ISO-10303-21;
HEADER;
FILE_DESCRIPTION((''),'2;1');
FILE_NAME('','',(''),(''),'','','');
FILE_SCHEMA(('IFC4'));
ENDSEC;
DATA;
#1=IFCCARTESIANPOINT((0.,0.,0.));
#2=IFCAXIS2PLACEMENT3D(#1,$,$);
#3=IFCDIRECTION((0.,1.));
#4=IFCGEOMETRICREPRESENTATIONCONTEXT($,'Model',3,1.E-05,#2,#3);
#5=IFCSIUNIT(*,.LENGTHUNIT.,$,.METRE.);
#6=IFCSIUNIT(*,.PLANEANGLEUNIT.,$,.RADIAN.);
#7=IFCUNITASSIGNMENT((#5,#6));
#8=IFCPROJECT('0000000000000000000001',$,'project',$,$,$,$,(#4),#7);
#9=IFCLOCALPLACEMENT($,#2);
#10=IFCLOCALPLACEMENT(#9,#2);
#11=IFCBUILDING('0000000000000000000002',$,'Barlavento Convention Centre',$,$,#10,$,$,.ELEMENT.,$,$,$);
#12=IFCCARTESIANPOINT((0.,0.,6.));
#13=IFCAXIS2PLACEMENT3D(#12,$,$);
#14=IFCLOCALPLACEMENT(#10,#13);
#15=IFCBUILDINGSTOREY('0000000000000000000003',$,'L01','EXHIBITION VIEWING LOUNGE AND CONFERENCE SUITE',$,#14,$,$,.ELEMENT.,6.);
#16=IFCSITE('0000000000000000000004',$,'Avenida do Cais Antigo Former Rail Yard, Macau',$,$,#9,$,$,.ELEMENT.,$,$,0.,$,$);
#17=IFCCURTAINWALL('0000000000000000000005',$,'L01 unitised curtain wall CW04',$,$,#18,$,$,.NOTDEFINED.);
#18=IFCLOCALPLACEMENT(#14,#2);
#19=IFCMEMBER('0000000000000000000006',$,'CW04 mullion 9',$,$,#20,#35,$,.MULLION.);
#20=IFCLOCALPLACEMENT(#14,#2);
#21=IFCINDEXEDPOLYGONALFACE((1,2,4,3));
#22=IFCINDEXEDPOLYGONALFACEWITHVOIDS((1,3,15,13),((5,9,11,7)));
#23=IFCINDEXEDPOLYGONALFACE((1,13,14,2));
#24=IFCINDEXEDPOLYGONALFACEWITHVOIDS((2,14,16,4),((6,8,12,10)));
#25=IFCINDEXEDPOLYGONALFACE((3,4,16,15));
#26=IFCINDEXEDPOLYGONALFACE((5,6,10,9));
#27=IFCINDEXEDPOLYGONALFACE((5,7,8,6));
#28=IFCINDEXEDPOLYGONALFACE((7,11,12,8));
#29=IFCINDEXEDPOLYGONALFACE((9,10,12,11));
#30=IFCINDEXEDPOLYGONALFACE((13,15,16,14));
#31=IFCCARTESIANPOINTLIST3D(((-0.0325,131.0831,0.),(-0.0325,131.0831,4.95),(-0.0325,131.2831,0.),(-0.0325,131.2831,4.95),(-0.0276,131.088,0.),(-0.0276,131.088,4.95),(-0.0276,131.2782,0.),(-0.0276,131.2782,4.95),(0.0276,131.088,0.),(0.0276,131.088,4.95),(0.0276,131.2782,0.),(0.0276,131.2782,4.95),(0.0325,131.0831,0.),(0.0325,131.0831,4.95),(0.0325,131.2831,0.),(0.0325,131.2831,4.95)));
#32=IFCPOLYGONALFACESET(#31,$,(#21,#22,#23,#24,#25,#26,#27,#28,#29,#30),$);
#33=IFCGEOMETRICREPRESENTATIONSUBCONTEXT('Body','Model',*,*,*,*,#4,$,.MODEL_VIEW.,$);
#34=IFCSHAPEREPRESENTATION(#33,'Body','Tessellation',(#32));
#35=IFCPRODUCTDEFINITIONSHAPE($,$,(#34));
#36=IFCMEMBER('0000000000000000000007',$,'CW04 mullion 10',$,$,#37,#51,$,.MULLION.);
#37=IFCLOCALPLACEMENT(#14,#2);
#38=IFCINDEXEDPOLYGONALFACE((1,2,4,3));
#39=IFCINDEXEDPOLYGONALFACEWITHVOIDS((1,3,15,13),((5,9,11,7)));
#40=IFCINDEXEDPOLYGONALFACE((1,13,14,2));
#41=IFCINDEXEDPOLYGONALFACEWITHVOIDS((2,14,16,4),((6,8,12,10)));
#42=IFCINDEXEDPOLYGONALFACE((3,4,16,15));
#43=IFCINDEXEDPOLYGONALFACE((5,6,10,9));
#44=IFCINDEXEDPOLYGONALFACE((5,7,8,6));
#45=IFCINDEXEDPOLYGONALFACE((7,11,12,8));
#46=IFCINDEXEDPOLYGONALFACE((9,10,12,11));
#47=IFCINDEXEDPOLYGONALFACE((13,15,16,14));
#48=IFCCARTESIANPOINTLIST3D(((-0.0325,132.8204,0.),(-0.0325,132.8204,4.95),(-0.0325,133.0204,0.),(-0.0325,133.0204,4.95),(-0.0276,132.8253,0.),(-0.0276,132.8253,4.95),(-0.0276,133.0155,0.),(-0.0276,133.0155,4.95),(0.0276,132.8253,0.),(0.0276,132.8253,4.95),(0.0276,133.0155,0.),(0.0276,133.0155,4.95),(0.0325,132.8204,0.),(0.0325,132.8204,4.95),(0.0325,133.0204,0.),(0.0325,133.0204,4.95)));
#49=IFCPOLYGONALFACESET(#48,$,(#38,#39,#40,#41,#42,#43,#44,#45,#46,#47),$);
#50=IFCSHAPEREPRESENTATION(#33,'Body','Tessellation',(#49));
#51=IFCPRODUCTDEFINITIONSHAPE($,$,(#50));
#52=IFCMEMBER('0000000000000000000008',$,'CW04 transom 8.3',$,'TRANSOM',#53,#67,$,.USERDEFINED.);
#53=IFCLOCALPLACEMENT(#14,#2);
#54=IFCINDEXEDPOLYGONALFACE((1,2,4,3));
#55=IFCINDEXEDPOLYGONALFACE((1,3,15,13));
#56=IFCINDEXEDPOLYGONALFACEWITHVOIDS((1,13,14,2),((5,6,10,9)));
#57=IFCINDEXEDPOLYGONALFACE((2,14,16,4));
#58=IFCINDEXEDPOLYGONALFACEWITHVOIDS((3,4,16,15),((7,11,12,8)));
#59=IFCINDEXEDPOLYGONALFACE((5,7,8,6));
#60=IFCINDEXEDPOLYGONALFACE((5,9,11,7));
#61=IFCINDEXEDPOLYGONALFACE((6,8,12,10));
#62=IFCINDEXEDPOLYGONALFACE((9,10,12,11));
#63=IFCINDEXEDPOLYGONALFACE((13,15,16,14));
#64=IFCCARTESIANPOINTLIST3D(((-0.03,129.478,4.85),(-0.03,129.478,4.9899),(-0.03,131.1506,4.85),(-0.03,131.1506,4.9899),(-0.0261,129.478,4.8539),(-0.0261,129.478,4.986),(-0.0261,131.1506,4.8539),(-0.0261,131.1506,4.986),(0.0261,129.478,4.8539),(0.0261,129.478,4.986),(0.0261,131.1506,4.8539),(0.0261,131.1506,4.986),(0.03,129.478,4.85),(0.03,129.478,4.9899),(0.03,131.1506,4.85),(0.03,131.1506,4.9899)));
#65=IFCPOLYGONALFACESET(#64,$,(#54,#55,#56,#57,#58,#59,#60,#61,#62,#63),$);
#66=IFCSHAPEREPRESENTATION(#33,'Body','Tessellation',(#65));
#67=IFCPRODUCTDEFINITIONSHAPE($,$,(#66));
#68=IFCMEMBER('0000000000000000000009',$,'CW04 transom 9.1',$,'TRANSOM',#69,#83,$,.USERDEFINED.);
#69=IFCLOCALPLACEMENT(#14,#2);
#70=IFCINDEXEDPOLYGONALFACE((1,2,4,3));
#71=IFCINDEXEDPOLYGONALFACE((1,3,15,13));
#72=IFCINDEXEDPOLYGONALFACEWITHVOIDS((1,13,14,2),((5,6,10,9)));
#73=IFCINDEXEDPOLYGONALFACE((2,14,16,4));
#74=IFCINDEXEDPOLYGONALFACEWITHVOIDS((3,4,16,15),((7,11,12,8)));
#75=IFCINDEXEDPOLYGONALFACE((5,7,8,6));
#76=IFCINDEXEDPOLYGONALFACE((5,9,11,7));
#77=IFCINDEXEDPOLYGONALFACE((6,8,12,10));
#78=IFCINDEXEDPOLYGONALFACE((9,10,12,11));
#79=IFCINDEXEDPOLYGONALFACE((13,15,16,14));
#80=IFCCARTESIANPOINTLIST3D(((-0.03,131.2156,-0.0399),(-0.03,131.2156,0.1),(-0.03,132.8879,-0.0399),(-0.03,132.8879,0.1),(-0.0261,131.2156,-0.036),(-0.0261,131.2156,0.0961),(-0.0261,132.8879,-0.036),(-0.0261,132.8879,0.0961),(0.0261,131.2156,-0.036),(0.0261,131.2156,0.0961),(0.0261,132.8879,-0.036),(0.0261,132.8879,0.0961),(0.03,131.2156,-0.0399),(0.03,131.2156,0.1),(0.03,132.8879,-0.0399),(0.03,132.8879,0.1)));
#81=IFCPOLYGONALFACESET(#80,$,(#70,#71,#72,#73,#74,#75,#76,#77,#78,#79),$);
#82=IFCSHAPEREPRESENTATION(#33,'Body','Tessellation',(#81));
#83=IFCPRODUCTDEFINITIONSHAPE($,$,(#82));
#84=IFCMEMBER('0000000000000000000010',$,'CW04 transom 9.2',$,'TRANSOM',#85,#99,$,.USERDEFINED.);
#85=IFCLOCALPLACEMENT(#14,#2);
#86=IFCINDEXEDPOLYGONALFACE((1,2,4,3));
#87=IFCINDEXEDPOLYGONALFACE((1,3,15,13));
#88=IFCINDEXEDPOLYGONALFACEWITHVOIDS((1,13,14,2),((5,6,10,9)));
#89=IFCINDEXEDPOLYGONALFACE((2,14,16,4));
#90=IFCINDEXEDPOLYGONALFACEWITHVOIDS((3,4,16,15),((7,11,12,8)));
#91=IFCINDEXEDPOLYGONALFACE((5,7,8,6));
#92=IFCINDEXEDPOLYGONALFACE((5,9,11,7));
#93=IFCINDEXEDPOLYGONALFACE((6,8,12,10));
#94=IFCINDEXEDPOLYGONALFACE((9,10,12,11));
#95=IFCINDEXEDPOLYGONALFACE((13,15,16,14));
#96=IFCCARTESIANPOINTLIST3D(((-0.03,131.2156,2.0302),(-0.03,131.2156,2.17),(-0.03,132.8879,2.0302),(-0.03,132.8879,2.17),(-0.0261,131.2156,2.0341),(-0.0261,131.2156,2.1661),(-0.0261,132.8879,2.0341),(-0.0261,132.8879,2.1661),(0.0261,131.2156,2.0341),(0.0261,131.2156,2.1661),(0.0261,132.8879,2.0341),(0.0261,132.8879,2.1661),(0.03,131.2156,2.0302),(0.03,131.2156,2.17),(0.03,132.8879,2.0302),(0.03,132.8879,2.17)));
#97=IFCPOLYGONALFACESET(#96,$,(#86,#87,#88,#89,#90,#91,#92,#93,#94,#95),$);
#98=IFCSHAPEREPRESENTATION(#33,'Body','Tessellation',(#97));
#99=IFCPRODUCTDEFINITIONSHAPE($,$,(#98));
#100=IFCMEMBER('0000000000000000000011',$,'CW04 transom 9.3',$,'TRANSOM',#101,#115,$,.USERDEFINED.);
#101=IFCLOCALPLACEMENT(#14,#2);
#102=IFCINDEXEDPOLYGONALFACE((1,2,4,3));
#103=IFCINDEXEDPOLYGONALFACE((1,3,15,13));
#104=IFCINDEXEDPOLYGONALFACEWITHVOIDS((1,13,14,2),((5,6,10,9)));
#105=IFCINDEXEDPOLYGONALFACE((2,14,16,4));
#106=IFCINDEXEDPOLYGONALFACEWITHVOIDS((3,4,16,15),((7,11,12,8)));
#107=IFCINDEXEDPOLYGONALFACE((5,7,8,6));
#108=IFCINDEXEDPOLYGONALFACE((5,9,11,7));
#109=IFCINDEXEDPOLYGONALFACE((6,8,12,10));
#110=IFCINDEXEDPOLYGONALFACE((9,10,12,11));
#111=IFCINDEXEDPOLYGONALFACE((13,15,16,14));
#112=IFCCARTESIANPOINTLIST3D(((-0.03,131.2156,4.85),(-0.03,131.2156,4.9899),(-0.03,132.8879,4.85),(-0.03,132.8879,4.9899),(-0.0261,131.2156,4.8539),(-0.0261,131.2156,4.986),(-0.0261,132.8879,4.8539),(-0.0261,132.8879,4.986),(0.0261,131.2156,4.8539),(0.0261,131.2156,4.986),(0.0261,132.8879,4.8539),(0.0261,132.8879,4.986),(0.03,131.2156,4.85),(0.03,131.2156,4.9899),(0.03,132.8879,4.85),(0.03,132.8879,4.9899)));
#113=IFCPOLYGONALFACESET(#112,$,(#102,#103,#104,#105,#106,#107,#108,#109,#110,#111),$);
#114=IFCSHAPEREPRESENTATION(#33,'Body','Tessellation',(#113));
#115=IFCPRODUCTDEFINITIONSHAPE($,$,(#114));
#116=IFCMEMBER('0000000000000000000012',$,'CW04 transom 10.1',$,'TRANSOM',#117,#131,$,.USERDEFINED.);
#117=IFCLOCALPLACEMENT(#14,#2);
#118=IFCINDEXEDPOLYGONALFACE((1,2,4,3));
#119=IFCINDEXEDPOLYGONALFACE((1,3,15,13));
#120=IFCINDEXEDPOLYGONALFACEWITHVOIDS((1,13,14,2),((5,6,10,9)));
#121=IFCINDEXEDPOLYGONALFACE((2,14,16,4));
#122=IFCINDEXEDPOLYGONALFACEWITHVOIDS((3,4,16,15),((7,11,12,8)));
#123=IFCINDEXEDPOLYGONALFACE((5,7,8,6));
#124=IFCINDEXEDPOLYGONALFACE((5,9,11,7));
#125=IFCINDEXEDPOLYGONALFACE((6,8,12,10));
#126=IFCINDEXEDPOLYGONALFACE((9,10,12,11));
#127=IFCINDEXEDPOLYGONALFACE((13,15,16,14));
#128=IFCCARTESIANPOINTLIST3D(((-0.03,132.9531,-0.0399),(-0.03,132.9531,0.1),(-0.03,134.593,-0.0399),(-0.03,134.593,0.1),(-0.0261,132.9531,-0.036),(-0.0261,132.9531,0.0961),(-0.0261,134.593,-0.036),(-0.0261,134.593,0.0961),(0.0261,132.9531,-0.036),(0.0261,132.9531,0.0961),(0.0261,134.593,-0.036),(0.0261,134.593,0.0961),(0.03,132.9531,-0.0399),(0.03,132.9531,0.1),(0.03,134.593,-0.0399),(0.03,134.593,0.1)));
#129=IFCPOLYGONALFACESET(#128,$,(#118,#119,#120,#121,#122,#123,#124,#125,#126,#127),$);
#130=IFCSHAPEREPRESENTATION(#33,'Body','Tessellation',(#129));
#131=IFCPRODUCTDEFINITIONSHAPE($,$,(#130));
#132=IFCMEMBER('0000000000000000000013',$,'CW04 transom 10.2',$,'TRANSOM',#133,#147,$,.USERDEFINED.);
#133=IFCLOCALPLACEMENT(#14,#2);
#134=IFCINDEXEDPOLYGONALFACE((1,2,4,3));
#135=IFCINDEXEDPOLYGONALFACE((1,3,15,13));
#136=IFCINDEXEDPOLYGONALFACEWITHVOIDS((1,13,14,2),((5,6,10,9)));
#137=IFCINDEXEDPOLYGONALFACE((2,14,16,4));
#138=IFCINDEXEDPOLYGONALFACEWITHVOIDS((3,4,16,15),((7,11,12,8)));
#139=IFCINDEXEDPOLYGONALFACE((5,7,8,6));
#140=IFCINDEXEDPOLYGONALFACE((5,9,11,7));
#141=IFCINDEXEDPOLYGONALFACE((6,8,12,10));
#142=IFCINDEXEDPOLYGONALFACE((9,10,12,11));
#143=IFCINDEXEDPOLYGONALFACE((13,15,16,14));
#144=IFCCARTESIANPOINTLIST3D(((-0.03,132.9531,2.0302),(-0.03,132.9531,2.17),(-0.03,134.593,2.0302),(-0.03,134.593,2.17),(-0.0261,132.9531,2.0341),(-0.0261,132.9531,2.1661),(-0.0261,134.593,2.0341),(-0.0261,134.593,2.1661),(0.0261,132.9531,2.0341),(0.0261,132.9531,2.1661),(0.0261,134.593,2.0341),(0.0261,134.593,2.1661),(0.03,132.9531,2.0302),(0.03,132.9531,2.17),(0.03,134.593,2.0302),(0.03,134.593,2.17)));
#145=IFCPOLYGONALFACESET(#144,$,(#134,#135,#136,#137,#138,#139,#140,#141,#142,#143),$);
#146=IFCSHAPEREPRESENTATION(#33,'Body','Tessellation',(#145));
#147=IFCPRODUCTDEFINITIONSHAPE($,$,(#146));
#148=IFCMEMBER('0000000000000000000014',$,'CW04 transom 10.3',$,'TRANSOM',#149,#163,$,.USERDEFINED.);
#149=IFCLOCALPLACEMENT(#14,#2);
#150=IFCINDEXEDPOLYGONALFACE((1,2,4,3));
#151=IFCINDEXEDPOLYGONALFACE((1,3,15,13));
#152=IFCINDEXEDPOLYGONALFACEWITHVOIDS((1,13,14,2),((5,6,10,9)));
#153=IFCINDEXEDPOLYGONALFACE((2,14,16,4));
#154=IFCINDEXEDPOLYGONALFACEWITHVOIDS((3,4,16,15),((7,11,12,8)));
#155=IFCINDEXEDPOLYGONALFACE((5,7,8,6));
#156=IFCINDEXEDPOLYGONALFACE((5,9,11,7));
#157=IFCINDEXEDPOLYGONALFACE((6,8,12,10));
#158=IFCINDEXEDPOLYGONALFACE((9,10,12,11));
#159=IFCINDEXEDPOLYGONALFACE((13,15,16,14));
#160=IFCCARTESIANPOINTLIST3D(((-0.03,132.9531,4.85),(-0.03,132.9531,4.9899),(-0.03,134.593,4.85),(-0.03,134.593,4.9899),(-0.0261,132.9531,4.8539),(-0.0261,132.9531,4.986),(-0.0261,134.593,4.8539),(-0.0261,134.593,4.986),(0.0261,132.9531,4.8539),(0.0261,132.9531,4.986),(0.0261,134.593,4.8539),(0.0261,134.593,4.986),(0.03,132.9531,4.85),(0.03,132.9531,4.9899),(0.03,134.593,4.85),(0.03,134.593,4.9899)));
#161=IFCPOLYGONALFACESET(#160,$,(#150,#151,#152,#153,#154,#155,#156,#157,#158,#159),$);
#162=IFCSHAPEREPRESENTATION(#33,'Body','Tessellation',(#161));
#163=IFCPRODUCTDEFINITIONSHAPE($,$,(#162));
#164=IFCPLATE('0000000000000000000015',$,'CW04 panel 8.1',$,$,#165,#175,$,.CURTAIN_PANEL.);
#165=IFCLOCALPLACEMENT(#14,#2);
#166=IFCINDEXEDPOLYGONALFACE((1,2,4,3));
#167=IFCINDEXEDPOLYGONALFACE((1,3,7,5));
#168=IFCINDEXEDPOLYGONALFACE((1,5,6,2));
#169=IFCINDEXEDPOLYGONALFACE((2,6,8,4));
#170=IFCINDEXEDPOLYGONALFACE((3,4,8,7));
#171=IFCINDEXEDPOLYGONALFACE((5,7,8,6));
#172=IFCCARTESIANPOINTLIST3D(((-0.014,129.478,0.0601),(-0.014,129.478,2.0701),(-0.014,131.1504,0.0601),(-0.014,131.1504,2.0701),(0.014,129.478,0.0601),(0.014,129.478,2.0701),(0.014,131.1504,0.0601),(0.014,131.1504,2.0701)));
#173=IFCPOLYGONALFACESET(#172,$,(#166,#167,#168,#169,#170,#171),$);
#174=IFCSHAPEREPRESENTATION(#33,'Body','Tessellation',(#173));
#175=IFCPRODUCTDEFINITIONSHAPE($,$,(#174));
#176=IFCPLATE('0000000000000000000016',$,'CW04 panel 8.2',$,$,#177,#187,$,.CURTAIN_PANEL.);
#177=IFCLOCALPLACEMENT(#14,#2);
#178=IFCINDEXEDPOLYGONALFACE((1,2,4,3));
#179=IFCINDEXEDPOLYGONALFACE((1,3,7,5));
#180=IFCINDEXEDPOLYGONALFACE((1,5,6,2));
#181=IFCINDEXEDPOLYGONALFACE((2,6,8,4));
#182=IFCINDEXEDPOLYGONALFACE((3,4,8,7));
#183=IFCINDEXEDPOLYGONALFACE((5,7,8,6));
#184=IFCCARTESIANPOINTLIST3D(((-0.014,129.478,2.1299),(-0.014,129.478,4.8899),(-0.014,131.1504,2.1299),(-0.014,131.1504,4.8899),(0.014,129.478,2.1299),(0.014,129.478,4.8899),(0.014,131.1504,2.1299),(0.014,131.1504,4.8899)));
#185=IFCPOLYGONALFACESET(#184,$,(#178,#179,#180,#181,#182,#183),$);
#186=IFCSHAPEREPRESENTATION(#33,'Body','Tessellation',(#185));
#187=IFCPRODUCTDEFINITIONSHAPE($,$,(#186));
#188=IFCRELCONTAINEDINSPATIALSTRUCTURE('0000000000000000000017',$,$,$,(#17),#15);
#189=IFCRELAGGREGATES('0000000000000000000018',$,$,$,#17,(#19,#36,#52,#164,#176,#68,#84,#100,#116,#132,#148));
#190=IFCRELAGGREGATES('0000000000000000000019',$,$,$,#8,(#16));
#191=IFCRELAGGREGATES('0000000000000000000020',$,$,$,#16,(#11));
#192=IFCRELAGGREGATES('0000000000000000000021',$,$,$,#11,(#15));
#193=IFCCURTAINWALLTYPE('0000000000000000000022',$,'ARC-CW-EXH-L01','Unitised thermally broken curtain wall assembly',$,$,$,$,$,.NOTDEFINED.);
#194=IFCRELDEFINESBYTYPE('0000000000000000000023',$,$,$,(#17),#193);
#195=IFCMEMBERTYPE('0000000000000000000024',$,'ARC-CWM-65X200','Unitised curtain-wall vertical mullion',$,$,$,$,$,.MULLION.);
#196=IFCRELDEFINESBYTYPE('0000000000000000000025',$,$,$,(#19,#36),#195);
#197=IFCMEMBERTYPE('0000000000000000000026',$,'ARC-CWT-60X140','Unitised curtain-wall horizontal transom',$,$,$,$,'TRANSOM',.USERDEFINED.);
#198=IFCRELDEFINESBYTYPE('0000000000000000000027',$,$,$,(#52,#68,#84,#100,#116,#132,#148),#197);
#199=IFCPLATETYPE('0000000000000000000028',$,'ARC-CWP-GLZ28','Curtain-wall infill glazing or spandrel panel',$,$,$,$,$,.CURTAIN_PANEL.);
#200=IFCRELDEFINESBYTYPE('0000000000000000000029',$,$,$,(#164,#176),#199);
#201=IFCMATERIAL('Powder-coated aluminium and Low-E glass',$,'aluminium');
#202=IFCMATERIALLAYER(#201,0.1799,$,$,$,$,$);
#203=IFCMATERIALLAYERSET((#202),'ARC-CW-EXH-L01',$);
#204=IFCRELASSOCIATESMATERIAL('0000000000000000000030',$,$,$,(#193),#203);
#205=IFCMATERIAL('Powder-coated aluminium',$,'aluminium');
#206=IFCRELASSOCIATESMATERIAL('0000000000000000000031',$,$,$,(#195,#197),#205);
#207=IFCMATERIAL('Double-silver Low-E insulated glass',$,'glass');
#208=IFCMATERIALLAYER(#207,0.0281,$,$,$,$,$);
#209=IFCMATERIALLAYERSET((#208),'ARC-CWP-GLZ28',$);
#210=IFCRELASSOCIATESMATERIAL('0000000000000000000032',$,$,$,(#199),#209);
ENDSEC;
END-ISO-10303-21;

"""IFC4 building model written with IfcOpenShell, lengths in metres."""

from ifc_helpers import new_model, si_unit, direction, frame, origin, origin_2d, place, context, subcontext, project, spatial, rectangle, hollow_rectangle, extrude, material, layer, layer_set, material_profile, profile_set, type_object, element, aggregate, save


model = new_model("IFC4")

# Units and contexts
model_context = context("Model", 3, precision=1e-05, world=origin(), true_north=direction((0.0, 1.0)))
body_context = subcontext(model_context, "Body", "Model", "MODEL_VIEW")
ifc_project = project(units=[si_unit("LENGTHUNIT", "METRE"), si_unit("PLANEANGLEUNIT", "RADIAN")], contexts=[model_context])

# Site, building, storey
site_placement = place(None, origin())
site = spatial("IfcSite", under=ifc_project, at=site_placement, Name="Avenida do Cais Antigo Former Rail Yard, Macau", CompositionType="ELEMENT", RefElevation=0.0)
building_placement = place(site_placement, origin())
building = spatial("IfcBuilding", under=site, at=building_placement, Name="Barlavento Convention Centre", CompositionType="ELEMENT")
storey_placement = place(building_placement, frame((0.0, 0.0, 6.0)))
storey = spatial("IfcBuildingStorey", under=building, at=storey_placement, Name="L01", Description="EXHIBITION VIEWING LOUNGE AND CONFERENCE SUITE", CompositionType="ELEMENT", Elevation=6.0)

# Curtain wall, members, plates
ifc_material_1 = material(Name="Powder-coated aluminium and Low-E glass", Category="aluminium")
ifc_layer_1 = layer(ifc_material_1, 0.1799)
ifc_layer_set_1 = layer_set([ifc_layer_1], Name="ARC-CW-EXH-L01")
curtain_wall_type = type_object("IfcCurtainWallType", Name="ARC-CW-EXH-L01", Description="Unitised thermally broken curtain wall assembly", PredefinedType="NOTDEFINED", material=ifc_layer_set_1)
curtain_wall_placement = place(storey_placement, origin())
curtain_wall = element("IfcCurtainWall", 1, at=curtain_wall_placement, inside=storey, type_object=curtain_wall_type, Name="L01 unitised curtain wall CW04", PredefinedType="NOTDEFINED")
ifc_material_2 = material(Name="Powder-coated aluminium", Category="aluminium")
ifc_material_profile_1 = material_profile(ifc_material_2, hollow_rectangle(XDim=0.0649, YDim=0.2, WallThickness=0.0049, at=origin_2d()), Name="AL-MULL 65x200x5")
ifc_profile_set_1 = profile_set([ifc_material_profile_1], Name="Powder-coated aluminium")
member_type_1 = type_object("IfcMemberType", Name="ARC-CWM-65X200", Description="Unitised curtain-wall vertical mullion", PredefinedType="MULLION", material=ifc_profile_set_1)
member_1_placement = place(storey_placement, frame((0.0, 131.1831, 0.0), z_axis=(0.0, 0.0, 1.0), x_axis=(-1.0, 0.0, 0.0)))
member_1 = element("IfcMember", 2, at=member_1_placement, type_object=member_type_1, Name="CW04 mullion 9", PredefinedType="MULLION", context=body_context, shape_type="SweptSolid", body=[
    extrude(hollow_rectangle(XDim=0.0649, YDim=0.2, WallThickness=0.0049, at=origin_2d()), origin(), (0.0, 0.0, 1.0), 4.95),
])
member_2_placement = place(storey_placement, frame((0.0, 132.9204, 0.0), z_axis=(0.0, 0.0, 1.0), x_axis=(-1.0, 0.0, 0.0)))
member_2 = element("IfcMember", 3, at=member_2_placement, type_object=member_type_1, Name="CW04 mullion 10", PredefinedType="MULLION", context=body_context, shape_type="SweptSolid", body=[
    extrude(hollow_rectangle(XDim=0.0649, YDim=0.2, WallThickness=0.0049, at=origin_2d()), origin(), (0.0, 0.0, 1.0), 4.95),
])
ifc_material_profile_2 = material_profile(ifc_material_2, hollow_rectangle(XDim=0.0601, YDim=0.1399, WallThickness=0.0039, at=origin_2d()), Name="AL-TRAN 60x140x4")
ifc_profile_set_2 = profile_set([ifc_material_profile_2], Name="Powder-coated aluminium")
member_type_2 = type_object("IfcMemberType", Name="ARC-CWT-60X140", Description="Unitised curtain-wall horizontal transom", ElementType="TRANSOM", PredefinedType="USERDEFINED", material=ifc_profile_set_2)
member_3_placement = place(storey_placement, frame((0.0, 129.478, 4.9199), z_axis=(0.0, 1.0, 0.0), x_axis=(-1.0, 0.0, 0.0)))
member_3 = element("IfcMember", 4, at=member_3_placement, type_object=member_type_2, Name="CW04 transom 8.3", ObjectType="TRANSOM", PredefinedType="USERDEFINED", context=body_context, shape_type="SweptSolid", body=[
    extrude(hollow_rectangle(XDim=0.0601, YDim=0.1399, WallThickness=0.0039, at=origin_2d()), origin(), (0.0, 0.0, 1.0), 1.6726),
])
member_4_placement = place(storey_placement, frame((0.0, 131.2156, 0.03), z_axis=(0.0, 1.0, 0.0), x_axis=(-1.0, 0.0, 0.0)))
member_4 = element("IfcMember", 5, at=member_4_placement, type_object=member_type_2, Name="CW04 transom 9.1", ObjectType="TRANSOM", PredefinedType="USERDEFINED", context=body_context, shape_type="SweptSolid", body=[
    extrude(hollow_rectangle(XDim=0.0601, YDim=0.1399, WallThickness=0.0039, at=origin_2d()), origin(), (0.0, 0.0, 1.0), 1.6724),
])
member_5_placement = place(storey_placement, frame((0.0, 131.2156, 2.1001), z_axis=(0.0, 1.0, 0.0), x_axis=(-1.0, 0.0, 0.0)))
member_5 = element("IfcMember", 6, at=member_5_placement, type_object=member_type_2, Name="CW04 transom 9.2", ObjectType="TRANSOM", PredefinedType="USERDEFINED", context=body_context, shape_type="SweptSolid", body=[
    extrude(hollow_rectangle(XDim=0.0601, YDim=0.1399, WallThickness=0.0039, at=origin_2d()), origin(), (0.0, 0.0, 1.0), 1.6724),
])
member_6_placement = place(storey_placement, frame((0.0, 131.2156, 4.9199), z_axis=(0.0, 1.0, 0.0), x_axis=(-1.0, 0.0, 0.0)))
member_6 = element("IfcMember", 7, at=member_6_placement, type_object=member_type_2, Name="CW04 transom 9.3", ObjectType="TRANSOM", PredefinedType="USERDEFINED", context=body_context, shape_type="SweptSolid", body=[
    extrude(hollow_rectangle(XDim=0.0601, YDim=0.1399, WallThickness=0.0039, at=origin_2d()), origin(), (0.0, 0.0, 1.0), 1.6724),
])
member_7_placement = place(storey_placement, frame((0.0, 132.9531, 0.03), z_axis=(0.0, 1.0, 0.0), x_axis=(-1.0, 0.0, 0.0)))
member_7 = element("IfcMember", 8, at=member_7_placement, type_object=member_type_2, Name="CW04 transom 10.1", ObjectType="TRANSOM", PredefinedType="USERDEFINED", context=body_context, shape_type="SweptSolid", body=[
    extrude(hollow_rectangle(XDim=0.0601, YDim=0.1399, WallThickness=0.0039, at=origin_2d()), origin(), (0.0, 0.0, 1.0), 1.6399),
])
member_8_placement = place(storey_placement, frame((0.0, 132.9531, 2.1001), z_axis=(0.0, 1.0, 0.0), x_axis=(-1.0, 0.0, 0.0)))
member_8 = element("IfcMember", 9, at=member_8_placement, type_object=member_type_2, Name="CW04 transom 10.2", ObjectType="TRANSOM", PredefinedType="USERDEFINED", context=body_context, shape_type="SweptSolid", body=[
    extrude(hollow_rectangle(XDim=0.0601, YDim=0.1399, WallThickness=0.0039, at=origin_2d()), origin(), (0.0, 0.0, 1.0), 1.6399),
])
member_9_placement = place(storey_placement, frame((0.0, 132.9531, 4.9199), z_axis=(0.0, 1.0, 0.0), x_axis=(-1.0, 0.0, 0.0)))
member_9 = element("IfcMember", 10, at=member_9_placement, type_object=member_type_2, Name="CW04 transom 10.3", ObjectType="TRANSOM", PredefinedType="USERDEFINED", context=body_context, shape_type="SweptSolid", body=[
    extrude(hollow_rectangle(XDim=0.0601, YDim=0.1399, WallThickness=0.0039, at=origin_2d()), origin(), (0.0, 0.0, 1.0), 1.6399),
])
ifc_material_3 = material(Name="Double-silver Low-E insulated glass", Category="glass")
ifc_layer_2 = layer(ifc_material_3, 0.0281)
ifc_layer_set_2 = layer_set([ifc_layer_2], Name="ARC-CWP-GLZ28")
plate_type = type_object("IfcPlateType", Name="ARC-CWP-GLZ28", Description="Curtain-wall infill glazing or spandrel panel", PredefinedType="CURTAIN_PANEL", material=ifc_layer_set_2)
plate_1_placement = place(storey_placement, frame((0.0, 130.3142, 0.0601), z_axis=(0.0, 0.0, 1.0), x_axis=(0.0, 1.0, 0.0)))
plate_1 = element("IfcPlate", 11, at=plate_1_placement, type_object=plate_type, Name="CW04 panel 8.1", PredefinedType="CURTAIN_PANEL", context=body_context, shape_type="SweptSolid", body=[
    extrude(rectangle(XDim=1.6724, YDim=0.0281, at=origin_2d()), origin(), (0.0, 0.0, 1.0), 2.01),
])
plate_2_placement = place(storey_placement, frame((0.0, 130.3142, 2.1299), z_axis=(0.0, 0.0, 1.0), x_axis=(0.0, 1.0, 0.0)))
plate_2 = element("IfcPlate", 12, at=plate_2_placement, type_object=plate_type, Name="CW04 panel 8.2", PredefinedType="CURTAIN_PANEL", context=body_context, shape_type="SweptSolid", body=[
    extrude(rectangle(XDim=1.6724, YDim=0.0281, at=origin_2d()), origin(), (0.0, 0.0, 1.0), 2.76),
])
aggregate(curtain_wall, [member_1, member_2, member_3, plate_1, plate_2, member_4, member_5, member_6, member_7, member_8, member_9])

save(model, "model.ifc")
